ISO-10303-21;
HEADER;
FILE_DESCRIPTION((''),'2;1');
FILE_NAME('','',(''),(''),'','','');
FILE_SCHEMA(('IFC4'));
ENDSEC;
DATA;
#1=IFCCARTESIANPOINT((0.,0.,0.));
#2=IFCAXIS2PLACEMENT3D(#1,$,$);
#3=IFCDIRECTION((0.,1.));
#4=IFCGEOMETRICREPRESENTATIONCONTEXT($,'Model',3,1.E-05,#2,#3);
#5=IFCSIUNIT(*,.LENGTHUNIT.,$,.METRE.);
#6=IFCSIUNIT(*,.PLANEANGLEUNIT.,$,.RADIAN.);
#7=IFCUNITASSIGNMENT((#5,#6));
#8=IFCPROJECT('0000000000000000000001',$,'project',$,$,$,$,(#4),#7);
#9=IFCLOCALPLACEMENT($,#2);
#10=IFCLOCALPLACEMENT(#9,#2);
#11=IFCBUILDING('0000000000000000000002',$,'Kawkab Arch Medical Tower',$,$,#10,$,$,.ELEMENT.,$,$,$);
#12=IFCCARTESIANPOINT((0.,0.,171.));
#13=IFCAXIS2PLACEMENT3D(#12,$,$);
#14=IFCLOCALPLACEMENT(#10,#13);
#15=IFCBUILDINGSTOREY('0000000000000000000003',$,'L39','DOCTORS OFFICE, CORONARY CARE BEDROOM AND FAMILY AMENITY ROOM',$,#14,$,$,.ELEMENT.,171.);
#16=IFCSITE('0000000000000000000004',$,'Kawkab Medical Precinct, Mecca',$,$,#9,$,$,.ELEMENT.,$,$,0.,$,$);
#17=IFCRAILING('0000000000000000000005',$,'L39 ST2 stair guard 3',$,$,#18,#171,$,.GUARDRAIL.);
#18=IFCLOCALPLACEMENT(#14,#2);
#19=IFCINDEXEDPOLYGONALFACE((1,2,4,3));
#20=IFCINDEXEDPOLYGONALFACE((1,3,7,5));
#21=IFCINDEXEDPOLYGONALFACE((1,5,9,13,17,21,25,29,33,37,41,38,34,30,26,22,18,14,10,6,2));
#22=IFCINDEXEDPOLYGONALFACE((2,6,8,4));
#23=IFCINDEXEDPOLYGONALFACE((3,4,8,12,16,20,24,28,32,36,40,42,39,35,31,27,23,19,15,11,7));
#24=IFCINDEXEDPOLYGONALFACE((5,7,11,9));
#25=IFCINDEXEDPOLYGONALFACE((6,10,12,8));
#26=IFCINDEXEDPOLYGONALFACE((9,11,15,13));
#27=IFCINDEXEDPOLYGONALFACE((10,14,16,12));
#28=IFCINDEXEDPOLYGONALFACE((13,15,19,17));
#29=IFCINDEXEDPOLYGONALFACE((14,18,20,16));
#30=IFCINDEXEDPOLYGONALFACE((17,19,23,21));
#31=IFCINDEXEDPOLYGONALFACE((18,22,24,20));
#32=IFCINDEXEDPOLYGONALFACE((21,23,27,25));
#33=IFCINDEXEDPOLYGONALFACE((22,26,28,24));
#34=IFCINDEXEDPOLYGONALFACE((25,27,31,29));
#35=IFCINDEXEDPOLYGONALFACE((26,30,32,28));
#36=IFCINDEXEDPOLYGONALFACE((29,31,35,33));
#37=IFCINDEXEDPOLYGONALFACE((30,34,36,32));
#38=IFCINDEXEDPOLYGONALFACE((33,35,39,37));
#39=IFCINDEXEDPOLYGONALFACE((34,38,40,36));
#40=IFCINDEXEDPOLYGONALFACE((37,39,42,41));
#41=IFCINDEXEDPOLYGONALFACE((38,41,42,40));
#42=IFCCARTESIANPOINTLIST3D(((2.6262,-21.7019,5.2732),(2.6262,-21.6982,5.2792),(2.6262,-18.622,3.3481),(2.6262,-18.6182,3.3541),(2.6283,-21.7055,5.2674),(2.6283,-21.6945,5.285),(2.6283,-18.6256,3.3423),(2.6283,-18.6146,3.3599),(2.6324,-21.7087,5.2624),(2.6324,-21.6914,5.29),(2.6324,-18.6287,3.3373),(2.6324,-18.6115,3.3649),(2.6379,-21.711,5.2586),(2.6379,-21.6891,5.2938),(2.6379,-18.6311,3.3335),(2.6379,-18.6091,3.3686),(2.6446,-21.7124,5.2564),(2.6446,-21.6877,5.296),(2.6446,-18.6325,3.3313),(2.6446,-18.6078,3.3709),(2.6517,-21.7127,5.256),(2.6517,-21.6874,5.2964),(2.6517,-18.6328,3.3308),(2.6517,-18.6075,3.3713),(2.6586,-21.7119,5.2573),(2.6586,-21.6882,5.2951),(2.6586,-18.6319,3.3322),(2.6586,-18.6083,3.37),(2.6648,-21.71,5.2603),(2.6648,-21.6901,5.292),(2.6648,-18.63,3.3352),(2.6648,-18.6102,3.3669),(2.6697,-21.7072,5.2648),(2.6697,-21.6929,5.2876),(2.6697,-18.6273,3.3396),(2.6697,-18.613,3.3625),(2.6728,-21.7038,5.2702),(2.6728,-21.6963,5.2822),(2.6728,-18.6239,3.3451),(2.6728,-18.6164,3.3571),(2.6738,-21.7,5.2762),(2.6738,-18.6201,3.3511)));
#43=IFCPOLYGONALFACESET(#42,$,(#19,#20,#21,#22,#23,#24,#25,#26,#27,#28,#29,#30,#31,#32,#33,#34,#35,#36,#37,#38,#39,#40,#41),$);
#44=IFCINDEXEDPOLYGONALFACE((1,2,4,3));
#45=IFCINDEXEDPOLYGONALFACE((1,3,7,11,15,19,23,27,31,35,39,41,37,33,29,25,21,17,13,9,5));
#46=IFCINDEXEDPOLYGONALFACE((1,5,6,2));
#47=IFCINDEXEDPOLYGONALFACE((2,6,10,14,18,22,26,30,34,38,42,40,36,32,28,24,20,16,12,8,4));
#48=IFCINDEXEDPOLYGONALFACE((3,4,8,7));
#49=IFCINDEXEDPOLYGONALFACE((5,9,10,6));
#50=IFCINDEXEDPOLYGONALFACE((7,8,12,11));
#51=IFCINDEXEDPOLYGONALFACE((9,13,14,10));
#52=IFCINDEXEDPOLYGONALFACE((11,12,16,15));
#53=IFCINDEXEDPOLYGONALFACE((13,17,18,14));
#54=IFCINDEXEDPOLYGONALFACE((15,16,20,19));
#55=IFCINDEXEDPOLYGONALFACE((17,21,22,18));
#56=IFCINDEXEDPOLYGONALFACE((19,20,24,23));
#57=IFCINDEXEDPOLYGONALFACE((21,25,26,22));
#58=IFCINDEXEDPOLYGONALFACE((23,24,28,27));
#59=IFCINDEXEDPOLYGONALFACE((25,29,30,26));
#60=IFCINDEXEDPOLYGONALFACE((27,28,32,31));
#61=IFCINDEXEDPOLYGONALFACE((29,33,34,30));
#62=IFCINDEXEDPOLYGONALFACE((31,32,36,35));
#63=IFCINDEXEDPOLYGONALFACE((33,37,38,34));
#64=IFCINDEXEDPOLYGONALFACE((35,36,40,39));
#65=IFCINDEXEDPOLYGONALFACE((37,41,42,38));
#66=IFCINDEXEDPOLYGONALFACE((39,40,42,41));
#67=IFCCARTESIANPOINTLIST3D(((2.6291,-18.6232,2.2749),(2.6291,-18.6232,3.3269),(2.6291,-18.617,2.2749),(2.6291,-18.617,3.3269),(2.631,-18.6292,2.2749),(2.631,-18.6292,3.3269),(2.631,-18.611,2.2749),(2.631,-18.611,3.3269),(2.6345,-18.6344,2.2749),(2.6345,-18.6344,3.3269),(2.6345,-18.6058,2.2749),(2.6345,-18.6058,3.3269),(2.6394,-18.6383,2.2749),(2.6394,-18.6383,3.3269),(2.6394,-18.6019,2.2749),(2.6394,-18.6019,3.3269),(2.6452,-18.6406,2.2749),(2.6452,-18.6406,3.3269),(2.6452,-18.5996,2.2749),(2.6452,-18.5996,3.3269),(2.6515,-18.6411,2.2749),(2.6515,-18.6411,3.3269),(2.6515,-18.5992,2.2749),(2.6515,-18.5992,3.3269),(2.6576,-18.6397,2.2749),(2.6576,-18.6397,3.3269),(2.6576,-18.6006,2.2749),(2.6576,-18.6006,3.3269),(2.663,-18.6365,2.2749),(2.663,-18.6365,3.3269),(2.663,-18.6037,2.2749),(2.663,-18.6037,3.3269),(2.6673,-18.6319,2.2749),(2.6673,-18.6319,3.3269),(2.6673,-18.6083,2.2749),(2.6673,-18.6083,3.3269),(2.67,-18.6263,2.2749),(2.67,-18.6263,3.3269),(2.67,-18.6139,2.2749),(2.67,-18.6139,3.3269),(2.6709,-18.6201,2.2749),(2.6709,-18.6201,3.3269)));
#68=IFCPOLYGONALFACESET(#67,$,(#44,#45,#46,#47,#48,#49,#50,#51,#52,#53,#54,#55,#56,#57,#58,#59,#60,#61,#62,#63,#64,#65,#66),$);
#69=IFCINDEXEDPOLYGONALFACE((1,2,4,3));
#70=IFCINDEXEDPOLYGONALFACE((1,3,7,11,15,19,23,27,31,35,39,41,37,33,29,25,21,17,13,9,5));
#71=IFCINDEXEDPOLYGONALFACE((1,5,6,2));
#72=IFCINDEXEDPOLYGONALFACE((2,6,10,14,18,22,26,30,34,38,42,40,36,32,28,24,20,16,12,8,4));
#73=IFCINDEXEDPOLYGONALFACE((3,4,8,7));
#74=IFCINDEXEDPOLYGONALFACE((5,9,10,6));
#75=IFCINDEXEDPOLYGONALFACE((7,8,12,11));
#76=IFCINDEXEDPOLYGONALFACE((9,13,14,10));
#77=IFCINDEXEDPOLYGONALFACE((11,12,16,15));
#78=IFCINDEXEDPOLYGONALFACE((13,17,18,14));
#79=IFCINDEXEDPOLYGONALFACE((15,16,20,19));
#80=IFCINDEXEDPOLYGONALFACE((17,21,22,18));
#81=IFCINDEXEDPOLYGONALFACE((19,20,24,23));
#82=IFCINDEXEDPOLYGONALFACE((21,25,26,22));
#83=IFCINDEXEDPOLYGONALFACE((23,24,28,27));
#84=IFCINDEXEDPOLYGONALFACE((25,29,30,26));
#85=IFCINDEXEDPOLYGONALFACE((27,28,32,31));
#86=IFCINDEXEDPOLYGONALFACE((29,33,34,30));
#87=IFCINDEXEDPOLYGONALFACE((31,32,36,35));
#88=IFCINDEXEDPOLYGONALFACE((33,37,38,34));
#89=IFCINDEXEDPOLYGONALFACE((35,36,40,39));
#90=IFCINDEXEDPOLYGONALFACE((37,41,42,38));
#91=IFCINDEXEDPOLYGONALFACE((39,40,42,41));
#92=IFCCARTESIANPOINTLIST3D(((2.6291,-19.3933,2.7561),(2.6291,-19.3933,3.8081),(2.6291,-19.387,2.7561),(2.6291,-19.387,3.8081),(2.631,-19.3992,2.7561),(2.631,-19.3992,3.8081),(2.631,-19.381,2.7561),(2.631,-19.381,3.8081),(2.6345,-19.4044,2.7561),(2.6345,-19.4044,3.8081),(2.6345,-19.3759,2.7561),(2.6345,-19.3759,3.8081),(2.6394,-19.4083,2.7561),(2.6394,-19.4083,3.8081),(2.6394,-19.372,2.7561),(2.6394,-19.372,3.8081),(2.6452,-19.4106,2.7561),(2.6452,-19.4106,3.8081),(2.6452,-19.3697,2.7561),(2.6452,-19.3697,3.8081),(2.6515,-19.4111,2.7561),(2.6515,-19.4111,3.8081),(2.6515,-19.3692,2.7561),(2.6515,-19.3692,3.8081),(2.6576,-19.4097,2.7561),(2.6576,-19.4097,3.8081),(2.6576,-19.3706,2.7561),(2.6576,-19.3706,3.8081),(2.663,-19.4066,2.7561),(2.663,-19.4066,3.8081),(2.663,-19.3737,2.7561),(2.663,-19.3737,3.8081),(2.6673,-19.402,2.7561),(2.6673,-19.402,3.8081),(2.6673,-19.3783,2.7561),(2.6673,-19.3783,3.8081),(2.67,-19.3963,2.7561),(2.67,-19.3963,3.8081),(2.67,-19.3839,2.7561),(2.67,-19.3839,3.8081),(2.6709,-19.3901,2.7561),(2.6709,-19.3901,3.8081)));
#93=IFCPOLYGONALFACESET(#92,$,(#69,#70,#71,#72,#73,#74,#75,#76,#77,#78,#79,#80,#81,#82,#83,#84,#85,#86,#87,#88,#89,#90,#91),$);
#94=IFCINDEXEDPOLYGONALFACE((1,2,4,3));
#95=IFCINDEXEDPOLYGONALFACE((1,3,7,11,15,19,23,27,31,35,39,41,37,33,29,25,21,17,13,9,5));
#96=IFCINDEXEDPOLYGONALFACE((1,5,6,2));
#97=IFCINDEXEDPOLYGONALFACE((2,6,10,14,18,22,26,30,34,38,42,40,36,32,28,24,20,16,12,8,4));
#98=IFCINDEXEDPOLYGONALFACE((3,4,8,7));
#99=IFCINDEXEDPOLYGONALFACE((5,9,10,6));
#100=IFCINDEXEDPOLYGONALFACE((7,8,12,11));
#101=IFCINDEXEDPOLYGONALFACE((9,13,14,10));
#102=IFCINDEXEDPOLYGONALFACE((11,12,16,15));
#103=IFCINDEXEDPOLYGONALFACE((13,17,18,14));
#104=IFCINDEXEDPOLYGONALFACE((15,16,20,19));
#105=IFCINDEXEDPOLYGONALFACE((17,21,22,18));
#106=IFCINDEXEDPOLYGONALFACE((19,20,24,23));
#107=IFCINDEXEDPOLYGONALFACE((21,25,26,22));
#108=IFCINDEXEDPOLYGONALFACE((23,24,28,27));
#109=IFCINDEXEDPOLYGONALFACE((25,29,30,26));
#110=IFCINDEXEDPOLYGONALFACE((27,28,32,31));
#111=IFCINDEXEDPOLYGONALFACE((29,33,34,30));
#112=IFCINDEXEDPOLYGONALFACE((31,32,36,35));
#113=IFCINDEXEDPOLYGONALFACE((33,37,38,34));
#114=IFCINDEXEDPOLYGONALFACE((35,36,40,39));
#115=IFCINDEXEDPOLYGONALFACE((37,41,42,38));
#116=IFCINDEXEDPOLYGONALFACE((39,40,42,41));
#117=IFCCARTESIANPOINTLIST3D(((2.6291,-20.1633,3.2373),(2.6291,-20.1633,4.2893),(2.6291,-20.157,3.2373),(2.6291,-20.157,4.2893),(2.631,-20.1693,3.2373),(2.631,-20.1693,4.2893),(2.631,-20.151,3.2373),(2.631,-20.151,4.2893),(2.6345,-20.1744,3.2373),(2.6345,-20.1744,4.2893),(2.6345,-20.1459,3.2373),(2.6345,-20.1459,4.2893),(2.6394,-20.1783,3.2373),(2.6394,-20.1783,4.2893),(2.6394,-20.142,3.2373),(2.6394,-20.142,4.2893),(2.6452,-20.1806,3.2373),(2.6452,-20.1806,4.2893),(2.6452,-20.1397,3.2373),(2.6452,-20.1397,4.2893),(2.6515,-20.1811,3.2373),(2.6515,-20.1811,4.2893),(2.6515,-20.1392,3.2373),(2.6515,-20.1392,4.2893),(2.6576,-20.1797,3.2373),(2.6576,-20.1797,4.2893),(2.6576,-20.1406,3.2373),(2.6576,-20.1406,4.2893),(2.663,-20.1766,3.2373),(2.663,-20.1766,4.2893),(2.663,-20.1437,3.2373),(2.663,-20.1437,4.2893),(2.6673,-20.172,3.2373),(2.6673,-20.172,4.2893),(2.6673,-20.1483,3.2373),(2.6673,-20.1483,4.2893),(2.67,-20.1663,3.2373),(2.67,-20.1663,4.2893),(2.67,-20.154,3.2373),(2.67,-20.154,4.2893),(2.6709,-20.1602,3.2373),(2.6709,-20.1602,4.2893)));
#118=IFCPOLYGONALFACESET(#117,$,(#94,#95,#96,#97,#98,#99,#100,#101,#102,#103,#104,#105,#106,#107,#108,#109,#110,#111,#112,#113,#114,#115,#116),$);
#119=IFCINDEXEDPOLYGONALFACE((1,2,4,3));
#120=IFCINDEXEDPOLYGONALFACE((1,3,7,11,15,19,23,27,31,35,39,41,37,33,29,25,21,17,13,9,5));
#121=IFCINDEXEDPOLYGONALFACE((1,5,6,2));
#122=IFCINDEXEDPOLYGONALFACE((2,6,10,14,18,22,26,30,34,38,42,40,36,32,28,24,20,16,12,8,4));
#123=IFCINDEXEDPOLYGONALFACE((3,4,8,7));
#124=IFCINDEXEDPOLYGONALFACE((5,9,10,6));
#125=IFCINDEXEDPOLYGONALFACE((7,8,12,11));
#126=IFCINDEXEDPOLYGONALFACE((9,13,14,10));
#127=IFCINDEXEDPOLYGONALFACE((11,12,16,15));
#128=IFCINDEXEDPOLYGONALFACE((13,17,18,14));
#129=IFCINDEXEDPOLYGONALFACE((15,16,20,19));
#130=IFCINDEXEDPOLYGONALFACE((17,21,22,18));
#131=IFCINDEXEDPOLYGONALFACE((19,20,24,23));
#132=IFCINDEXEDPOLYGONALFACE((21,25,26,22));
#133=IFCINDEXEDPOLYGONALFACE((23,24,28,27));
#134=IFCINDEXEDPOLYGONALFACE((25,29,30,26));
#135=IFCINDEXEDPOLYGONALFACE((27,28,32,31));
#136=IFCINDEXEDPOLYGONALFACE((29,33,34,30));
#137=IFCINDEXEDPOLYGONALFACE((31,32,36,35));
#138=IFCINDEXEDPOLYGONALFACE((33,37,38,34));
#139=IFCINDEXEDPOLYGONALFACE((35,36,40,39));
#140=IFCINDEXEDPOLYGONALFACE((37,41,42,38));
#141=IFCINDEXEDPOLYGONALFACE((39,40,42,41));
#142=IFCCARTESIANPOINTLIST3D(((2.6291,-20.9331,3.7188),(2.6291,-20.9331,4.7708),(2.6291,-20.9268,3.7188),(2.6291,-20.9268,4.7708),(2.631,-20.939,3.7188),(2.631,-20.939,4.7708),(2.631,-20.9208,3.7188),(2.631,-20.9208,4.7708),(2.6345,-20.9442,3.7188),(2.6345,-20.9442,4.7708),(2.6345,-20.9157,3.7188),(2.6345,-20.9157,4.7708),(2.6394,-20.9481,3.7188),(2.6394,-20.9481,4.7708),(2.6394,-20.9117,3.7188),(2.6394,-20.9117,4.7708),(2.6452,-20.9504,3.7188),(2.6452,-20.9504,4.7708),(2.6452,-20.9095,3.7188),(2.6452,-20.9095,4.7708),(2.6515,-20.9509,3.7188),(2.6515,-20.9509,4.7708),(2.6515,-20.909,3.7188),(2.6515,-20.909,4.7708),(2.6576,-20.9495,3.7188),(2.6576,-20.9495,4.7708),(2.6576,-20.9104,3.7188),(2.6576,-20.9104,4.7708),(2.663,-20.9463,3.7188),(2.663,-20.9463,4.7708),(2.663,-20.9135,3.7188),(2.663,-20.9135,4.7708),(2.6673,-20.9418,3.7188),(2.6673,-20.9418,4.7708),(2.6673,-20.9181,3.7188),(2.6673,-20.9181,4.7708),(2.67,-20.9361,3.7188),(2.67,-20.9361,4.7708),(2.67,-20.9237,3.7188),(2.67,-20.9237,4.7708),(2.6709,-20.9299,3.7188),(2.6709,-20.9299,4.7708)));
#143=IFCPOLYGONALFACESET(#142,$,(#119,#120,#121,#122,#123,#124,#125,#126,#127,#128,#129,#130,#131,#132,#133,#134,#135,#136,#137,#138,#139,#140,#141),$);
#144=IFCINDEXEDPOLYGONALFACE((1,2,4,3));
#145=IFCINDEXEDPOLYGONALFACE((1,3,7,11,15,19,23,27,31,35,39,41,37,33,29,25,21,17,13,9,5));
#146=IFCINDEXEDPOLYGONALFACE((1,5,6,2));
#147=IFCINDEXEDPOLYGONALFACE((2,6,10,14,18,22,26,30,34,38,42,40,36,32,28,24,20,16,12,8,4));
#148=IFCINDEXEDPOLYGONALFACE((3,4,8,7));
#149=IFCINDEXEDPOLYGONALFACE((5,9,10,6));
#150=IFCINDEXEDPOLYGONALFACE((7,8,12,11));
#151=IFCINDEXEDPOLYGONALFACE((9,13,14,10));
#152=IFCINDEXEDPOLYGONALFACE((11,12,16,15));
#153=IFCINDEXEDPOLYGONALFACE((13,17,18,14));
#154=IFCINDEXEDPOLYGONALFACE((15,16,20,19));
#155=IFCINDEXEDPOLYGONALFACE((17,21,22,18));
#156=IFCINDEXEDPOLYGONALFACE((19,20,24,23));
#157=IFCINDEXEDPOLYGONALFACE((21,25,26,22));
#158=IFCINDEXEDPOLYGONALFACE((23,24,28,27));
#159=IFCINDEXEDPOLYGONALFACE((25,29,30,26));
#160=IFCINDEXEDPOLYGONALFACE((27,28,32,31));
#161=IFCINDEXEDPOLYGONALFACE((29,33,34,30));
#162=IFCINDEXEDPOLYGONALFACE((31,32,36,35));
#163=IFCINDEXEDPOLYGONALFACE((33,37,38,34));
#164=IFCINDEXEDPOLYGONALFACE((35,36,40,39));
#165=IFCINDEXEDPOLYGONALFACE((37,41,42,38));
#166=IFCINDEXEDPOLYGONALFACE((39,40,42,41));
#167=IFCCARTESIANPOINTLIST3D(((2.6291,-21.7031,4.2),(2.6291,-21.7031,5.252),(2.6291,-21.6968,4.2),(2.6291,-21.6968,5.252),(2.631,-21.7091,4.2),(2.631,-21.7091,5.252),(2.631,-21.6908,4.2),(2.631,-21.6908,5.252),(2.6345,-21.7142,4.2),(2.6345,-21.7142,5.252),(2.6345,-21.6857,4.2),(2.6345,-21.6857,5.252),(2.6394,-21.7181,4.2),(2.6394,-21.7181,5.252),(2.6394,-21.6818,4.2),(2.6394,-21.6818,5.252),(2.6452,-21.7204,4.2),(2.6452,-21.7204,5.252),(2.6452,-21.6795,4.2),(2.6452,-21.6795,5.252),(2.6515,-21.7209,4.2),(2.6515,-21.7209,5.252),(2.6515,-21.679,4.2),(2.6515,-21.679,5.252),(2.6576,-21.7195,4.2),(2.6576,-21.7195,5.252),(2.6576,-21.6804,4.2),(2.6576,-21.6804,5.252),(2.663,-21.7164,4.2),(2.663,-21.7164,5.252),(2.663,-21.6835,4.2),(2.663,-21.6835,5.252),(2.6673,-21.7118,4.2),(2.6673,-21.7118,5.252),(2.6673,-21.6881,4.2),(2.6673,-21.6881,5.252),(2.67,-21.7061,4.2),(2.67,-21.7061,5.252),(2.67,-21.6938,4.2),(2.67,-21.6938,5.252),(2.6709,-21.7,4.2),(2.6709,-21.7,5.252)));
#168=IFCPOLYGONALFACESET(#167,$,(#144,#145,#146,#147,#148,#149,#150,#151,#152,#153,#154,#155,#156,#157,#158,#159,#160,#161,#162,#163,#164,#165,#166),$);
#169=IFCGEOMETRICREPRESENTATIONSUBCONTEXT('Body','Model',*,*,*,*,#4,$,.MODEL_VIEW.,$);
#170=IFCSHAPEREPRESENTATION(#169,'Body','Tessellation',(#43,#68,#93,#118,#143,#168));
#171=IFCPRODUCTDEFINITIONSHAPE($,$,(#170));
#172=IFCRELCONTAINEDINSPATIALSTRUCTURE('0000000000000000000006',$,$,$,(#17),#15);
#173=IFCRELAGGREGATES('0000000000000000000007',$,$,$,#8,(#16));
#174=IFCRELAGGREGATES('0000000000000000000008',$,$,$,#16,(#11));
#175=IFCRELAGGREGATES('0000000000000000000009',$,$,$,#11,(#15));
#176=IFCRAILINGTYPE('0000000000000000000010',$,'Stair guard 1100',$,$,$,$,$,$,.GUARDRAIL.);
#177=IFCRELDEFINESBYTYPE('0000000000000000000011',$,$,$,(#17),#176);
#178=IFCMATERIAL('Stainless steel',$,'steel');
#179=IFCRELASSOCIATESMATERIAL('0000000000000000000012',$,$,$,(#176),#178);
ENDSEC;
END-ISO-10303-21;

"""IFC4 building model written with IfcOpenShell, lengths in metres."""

from ifc_helpers import new_model, si_unit, direction, frame, origin, origin_2d, place, context, subcontext, project, spatial, circle, extrude, material, type_object, element, save


model = new_model("IFC4")

# Units and contexts
model_context = context("Model", 3, precision=1e-05, world=origin(), true_north=direction((0.0, 1.0)))
body_context = subcontext(model_context, "Body", "Model", "MODEL_VIEW")
ifc_project = project(units=[si_unit("LENGTHUNIT", "METRE"), si_unit("PLANEANGLEUNIT", "RADIAN")], contexts=[model_context])

# Site, building, storey
site_placement = place(None, origin())
site = spatial("IfcSite", under=ifc_project, at=site_placement, Name="Kawkab Medical Precinct, Mecca", CompositionType="ELEMENT", RefElevation=0.0)
building_placement = place(site_placement, origin())
building = spatial("IfcBuilding", under=site, at=building_placement, Name="Kawkab Arch Medical Tower", CompositionType="ELEMENT")
storey_placement = place(building_placement, frame((0.0, 0.0, 171.0)))
storey = spatial("IfcBuildingStorey", under=building, at=storey_placement, Name="L39", Description="DOCTORS OFFICE, CORONARY CARE BEDROOM AND FAMILY AMENITY ROOM", CompositionType="ELEMENT", Elevation=171.0)

# Railing
ifc_material_1 = material(Name="Stainless steel", Category="steel")
railing_type = type_object("IfcRailingType", Name="Stair guard 1100", PredefinedType="GUARDRAIL", material=ifc_material_1)
railing_1_placement = place(storey_placement, frame((2.6499, -18.6201, 2.2749)))
element("IfcRailing", 1, at=railing_1_placement, inside=storey, type_object=railing_type, Name="L39 ST2 stair guard 3", PredefinedType="GUARDRAIL", context=body_context, shape_type="SweptSolid", body=[
    extrude(circle(Radius=0.0239, at=origin_2d()), frame((0.0, 0.0, 1.0762), z_axis=(0.0, -0.847979, 0.530029), x_axis=(1.0, 0.0, 0.0)), (0.0, 0.0, 1.0), 3.6321),
    extrude(circle(Radius=0.021, at=origin_2d()), origin(), (0.0, 0.0, 1.0), 1.052),
    extrude(circle(Radius=0.021, at=origin_2d()), frame((0.0, -0.77, 0.4812)), (0.0, 0.0, 1.0), 1.052),
    extrude(circle(Radius=0.021, at=origin_2d()), frame((0.0, -1.54, 0.9624)), (0.0, 0.0, 1.0), 1.052),
    extrude(circle(Radius=0.021, at=origin_2d()), frame((0.0, -2.3098, 1.4438)), (0.0, 0.0, 1.0), 1.052),
    extrude(circle(Radius=0.021, at=origin_2d()), frame((0.0, -3.0798, 1.925)), (0.0, 0.0, 1.0), 1.052),
])

save(model, "model.ifc")
